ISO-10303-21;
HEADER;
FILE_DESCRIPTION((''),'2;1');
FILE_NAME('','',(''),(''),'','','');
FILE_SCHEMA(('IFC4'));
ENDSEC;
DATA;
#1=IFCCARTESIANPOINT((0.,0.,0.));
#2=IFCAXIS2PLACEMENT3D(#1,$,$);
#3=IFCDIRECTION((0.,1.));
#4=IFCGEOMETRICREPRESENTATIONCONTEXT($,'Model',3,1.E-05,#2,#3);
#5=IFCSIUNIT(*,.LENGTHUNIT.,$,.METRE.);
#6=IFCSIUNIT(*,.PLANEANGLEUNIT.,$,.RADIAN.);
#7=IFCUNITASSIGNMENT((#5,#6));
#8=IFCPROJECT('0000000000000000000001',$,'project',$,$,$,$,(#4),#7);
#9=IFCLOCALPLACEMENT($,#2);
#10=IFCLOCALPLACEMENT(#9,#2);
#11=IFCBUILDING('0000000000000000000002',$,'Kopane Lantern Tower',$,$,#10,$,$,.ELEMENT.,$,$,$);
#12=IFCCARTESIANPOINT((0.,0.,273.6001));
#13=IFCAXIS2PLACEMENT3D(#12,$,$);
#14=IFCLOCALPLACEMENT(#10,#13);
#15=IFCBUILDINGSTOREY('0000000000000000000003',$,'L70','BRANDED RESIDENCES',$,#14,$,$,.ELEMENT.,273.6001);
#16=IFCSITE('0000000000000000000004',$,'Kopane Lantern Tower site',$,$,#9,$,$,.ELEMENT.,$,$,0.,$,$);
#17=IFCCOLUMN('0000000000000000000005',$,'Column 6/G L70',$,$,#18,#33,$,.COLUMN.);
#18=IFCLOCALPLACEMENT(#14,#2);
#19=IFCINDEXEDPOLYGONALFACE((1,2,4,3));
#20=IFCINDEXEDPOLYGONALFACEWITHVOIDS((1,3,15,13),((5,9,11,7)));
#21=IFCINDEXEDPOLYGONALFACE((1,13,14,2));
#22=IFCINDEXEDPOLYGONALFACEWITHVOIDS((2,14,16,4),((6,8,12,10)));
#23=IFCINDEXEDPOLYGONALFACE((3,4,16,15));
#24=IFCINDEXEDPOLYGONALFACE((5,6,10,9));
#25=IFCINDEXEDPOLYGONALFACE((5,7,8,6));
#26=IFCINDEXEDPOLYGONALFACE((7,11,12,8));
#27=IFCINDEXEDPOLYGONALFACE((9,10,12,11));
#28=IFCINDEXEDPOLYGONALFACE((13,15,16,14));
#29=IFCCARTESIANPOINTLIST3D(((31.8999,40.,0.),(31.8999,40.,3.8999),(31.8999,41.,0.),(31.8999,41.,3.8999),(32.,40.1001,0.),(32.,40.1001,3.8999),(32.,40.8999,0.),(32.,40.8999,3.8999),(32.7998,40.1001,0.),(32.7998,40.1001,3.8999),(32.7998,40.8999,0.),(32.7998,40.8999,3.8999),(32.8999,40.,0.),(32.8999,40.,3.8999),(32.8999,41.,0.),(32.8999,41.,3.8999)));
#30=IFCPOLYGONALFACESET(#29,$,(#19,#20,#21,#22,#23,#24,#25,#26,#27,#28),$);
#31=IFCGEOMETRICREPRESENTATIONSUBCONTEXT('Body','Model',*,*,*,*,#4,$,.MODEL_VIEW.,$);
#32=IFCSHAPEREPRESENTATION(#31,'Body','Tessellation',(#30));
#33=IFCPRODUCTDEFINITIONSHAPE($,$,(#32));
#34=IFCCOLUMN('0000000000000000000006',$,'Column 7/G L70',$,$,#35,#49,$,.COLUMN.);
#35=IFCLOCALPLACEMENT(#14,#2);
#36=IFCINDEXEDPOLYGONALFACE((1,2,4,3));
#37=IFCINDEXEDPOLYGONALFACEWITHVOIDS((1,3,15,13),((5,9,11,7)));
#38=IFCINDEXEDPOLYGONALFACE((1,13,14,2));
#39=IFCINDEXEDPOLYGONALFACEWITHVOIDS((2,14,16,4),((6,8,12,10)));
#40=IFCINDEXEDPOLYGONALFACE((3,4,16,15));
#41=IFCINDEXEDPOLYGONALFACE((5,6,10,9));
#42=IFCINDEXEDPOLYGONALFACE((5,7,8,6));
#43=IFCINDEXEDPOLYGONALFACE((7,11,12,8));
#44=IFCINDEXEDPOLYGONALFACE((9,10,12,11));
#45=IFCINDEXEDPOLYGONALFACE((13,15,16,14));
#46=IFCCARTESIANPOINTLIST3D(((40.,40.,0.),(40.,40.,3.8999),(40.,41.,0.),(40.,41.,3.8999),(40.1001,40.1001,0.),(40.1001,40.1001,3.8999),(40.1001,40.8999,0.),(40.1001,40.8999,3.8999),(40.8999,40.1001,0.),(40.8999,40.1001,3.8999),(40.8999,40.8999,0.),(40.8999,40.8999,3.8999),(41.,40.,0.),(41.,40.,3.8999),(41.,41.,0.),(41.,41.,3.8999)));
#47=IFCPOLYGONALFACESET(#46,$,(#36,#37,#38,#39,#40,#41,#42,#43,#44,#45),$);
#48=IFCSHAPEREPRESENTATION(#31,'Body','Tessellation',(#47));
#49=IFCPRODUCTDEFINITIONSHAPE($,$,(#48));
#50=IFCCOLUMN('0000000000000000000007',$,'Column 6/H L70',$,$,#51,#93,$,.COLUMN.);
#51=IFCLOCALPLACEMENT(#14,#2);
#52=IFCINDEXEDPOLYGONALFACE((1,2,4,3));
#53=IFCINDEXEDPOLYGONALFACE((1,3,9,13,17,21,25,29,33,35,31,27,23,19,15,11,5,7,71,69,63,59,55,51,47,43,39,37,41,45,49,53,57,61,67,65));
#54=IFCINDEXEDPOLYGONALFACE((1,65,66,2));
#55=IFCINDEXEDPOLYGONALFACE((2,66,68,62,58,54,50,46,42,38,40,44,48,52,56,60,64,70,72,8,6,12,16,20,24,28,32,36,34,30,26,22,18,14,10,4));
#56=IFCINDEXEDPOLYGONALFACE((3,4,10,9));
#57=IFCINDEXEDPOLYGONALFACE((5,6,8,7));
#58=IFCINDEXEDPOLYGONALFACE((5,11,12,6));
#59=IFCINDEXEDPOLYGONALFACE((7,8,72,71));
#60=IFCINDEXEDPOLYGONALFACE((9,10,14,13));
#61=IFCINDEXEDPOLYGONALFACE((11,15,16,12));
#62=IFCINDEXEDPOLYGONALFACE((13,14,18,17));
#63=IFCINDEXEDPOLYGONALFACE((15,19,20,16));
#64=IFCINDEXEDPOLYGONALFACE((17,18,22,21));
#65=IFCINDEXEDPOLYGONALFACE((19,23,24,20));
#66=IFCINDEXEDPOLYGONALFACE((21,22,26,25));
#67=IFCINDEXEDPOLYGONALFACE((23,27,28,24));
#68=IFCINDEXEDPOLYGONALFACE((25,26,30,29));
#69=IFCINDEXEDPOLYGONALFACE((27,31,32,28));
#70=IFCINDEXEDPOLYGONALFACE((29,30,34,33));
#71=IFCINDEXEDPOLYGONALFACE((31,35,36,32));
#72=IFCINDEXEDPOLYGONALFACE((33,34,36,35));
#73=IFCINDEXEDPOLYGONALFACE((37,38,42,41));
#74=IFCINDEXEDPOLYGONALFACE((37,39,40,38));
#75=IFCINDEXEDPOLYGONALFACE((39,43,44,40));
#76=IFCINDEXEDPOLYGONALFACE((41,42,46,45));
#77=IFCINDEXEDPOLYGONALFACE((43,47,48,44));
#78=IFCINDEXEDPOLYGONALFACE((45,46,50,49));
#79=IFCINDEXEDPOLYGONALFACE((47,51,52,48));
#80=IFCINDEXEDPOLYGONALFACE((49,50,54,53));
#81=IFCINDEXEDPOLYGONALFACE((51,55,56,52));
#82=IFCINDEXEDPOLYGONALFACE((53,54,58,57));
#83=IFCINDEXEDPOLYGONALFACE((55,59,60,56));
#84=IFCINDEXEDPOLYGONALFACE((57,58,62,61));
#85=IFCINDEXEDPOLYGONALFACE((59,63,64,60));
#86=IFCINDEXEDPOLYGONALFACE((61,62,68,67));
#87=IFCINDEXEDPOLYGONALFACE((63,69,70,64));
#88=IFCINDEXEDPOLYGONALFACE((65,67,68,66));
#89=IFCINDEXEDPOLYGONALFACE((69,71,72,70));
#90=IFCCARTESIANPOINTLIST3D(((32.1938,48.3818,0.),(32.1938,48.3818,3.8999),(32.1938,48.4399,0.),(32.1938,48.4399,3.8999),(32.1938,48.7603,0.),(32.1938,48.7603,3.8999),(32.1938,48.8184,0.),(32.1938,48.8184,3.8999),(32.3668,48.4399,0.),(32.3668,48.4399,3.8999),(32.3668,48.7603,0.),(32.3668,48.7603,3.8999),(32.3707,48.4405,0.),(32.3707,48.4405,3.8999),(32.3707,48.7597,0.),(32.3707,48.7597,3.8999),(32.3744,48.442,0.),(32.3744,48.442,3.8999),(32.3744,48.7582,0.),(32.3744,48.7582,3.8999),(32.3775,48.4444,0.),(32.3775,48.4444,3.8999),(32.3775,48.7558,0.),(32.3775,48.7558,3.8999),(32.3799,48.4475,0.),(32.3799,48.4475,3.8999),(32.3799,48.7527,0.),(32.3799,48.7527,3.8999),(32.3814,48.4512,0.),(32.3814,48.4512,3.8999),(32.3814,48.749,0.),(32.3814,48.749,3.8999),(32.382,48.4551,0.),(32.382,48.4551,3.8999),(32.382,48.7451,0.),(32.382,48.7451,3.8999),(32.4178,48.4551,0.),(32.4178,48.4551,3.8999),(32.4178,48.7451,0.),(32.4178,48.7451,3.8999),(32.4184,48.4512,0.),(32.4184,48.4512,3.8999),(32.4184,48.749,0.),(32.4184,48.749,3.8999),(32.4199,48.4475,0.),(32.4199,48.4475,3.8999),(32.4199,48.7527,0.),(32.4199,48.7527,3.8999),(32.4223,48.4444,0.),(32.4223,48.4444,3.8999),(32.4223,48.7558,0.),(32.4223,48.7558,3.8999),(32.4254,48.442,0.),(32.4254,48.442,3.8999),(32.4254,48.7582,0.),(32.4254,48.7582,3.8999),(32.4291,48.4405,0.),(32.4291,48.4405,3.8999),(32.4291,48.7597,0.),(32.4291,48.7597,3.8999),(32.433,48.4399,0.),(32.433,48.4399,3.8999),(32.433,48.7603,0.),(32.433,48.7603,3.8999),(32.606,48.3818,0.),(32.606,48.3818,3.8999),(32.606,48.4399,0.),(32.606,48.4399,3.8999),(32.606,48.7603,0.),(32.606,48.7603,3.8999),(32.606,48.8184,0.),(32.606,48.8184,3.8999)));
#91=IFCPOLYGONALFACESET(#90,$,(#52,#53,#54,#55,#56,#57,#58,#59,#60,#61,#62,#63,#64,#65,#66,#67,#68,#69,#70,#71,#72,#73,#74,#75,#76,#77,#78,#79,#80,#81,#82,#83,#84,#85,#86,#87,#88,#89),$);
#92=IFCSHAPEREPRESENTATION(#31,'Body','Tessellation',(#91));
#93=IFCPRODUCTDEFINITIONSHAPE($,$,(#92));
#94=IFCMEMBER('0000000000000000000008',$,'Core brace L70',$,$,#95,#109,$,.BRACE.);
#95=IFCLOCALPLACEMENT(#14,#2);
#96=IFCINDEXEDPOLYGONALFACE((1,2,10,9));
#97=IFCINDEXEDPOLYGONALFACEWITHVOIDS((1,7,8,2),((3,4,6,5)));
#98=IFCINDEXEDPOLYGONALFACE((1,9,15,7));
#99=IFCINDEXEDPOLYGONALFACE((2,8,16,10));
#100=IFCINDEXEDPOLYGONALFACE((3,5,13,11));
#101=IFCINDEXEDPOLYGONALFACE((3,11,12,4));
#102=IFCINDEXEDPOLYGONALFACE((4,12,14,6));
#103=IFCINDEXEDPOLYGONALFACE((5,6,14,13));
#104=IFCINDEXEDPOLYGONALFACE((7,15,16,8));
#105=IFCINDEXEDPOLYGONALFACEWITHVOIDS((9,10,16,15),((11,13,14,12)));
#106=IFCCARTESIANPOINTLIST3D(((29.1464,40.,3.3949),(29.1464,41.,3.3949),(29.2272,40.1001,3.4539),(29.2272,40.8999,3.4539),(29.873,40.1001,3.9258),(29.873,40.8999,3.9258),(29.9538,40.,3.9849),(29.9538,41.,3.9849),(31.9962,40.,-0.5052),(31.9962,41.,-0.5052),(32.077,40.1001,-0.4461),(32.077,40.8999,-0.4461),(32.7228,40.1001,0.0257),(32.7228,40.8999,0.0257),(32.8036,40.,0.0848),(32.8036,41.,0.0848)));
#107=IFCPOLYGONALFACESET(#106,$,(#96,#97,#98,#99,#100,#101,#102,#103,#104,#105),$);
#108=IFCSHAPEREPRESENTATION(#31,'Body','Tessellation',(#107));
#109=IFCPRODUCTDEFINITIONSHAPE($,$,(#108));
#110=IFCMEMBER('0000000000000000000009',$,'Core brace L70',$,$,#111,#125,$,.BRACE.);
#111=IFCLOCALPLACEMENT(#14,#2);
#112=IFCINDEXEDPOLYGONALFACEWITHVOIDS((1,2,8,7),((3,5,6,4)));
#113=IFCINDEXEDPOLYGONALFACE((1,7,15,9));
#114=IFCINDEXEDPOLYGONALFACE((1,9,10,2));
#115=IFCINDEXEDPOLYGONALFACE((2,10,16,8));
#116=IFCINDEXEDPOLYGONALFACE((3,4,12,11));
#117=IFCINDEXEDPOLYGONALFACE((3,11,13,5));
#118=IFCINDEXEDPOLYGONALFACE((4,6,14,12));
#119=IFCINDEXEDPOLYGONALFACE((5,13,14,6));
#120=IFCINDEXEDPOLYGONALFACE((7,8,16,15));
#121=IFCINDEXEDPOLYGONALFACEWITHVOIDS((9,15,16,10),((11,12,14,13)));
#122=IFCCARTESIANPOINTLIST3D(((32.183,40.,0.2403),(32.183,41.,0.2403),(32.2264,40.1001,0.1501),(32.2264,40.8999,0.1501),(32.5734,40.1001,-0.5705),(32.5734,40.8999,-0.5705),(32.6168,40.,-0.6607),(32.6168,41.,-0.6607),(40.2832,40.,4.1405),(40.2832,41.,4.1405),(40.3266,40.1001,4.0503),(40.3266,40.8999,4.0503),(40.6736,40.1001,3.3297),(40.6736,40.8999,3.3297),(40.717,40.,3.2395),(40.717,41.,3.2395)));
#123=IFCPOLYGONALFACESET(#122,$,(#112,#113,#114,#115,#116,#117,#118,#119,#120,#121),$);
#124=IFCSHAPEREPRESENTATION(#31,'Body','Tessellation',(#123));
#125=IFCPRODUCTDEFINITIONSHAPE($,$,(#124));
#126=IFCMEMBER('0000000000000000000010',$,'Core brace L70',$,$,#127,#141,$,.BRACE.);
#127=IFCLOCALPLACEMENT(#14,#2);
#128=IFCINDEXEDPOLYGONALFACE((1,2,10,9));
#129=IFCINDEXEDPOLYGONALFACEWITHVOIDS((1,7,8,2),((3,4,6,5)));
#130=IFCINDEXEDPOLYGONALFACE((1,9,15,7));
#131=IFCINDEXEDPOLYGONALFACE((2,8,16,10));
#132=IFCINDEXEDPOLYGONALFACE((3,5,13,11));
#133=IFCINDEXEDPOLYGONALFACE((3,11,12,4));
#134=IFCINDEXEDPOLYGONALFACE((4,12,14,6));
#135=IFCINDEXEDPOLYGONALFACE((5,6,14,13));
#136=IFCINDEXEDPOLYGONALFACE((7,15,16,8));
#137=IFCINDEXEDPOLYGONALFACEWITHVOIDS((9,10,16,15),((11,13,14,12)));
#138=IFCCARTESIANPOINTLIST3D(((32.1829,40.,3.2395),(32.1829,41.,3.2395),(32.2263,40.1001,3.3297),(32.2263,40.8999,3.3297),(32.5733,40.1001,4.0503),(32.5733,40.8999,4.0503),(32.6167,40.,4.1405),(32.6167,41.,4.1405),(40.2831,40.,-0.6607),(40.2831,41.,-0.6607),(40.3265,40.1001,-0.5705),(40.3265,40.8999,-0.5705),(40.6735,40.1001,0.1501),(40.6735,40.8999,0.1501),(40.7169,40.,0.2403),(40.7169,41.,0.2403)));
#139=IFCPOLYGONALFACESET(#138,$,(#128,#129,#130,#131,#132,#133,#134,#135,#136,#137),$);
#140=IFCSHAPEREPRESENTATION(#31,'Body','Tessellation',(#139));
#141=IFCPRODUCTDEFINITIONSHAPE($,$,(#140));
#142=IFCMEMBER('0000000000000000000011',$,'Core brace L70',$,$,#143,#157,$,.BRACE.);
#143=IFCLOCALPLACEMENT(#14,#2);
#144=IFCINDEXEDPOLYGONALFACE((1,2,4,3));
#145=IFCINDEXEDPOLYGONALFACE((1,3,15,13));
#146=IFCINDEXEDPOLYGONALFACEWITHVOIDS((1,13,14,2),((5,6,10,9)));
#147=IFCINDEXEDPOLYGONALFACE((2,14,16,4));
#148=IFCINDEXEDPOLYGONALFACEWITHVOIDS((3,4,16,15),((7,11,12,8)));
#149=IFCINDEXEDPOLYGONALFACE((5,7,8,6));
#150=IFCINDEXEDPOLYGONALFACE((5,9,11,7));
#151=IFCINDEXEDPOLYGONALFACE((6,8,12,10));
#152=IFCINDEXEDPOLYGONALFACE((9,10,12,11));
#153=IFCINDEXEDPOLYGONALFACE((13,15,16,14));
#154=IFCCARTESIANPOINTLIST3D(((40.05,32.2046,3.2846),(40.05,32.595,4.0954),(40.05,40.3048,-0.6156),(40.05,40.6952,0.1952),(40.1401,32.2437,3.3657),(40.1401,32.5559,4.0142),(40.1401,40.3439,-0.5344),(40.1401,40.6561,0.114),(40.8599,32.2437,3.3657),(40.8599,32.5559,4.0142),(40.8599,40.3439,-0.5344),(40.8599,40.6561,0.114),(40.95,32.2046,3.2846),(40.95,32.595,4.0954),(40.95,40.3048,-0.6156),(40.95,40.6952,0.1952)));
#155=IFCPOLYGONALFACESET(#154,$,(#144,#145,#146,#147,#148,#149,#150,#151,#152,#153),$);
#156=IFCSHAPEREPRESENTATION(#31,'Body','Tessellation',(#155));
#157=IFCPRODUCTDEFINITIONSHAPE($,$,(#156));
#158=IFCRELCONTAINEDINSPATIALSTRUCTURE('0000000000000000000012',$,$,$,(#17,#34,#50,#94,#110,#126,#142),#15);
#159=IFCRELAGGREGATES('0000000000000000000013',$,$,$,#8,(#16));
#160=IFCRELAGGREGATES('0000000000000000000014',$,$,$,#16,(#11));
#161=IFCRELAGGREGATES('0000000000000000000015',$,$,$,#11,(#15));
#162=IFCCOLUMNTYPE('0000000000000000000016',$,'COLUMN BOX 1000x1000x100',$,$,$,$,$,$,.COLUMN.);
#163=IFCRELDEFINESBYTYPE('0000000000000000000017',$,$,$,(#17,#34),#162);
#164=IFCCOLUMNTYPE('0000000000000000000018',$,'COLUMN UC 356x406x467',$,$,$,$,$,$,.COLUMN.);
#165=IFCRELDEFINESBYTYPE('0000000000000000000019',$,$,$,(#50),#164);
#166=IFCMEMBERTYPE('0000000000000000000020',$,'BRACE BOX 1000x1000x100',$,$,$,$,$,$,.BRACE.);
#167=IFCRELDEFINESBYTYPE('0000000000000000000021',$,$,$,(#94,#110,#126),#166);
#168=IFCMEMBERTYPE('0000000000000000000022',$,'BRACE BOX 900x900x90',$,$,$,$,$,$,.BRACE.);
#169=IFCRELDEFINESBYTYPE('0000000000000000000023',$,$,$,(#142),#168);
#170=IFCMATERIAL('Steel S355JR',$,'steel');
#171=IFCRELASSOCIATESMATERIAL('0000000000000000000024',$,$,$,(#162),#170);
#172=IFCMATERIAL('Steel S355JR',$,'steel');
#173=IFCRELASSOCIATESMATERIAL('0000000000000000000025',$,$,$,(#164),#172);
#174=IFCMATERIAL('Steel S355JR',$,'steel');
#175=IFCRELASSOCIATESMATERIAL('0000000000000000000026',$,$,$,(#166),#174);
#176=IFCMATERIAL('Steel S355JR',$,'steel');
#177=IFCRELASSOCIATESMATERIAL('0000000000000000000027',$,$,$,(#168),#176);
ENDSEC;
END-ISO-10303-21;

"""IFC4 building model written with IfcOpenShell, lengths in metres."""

from ifc_helpers import new_model, si_unit, direction, frame, origin, origin_2d, place, context, subcontext, project, spatial, hollow_rectangle, i_section, extrude, material, material_profile, profile_set, type_object, element, save


model = new_model("IFC4")

# Units and contexts
model_context = context("Model", 3, precision=1e-05, world=origin(), true_north=direction((0.0, 1.0)))
body_context = subcontext(model_context, "Body", "Model", "MODEL_VIEW")
ifc_project = project(units=[si_unit("LENGTHUNIT", "METRE"), si_unit("PLANEANGLEUNIT", "RADIAN")], contexts=[model_context])

# Site, building, storey
site_placement = place(None, origin())
site = spatial("IfcSite", under=ifc_project, at=site_placement, Name="Kopane Lantern Tower site", CompositionType="ELEMENT", RefElevation=0.0)
building_placement = place(site_placement, origin())
building = spatial("IfcBuilding", under=site, at=building_placement, Name="Kopane Lantern Tower", CompositionType="ELEMENT")
storey_placement = place(building_placement, frame((0.0, 0.0, 273.6001)))
storey = spatial("IfcBuildingStorey", under=building, at=storey_placement, Name="L70", Description="BRANDED RESIDENCES", CompositionType="ELEMENT", Elevation=273.6001)

# Columns
ifc_material_1 = material(Name="Steel S355JR", Category="steel")
ifc_material_profile_1 = material_profile(ifc_material_1, hollow_rectangle(XDim=1.0, YDim=1.0, WallThickness=0.1001, at=origin_2d()), Name="BOX 1000x1000x100")
ifc_profile_set_1 = profile_set([ifc_material_profile_1], Name="Steel S355JR")
column_type_1 = type_object("IfcColumnType", Name="COLUMN BOX 1000x1000x100", PredefinedType="COLUMN", material=ifc_profile_set_1)
for number, where, z_axis, x_axis, name in (
    (1, (32.3999, 40.5, 0.0), (0.0, 0.0, 1.0), (1.0, 0.0, 0.0), "Column 6/G L70"),
    (2, (40.5, 40.5, 0.0), (0.0, 0.0, 1.0), (1.0, 0.0, 0.0), "Column 7/G L70"),
):
    element("IfcColumn", number, at=place(storey_placement, frame(where, z_axis=z_axis, x_axis=x_axis)), inside=storey, type_object=column_type_1, Name=name, PredefinedType="COLUMN", context=body_context, shape_type="SweptSolid", body=[
        extrude(hollow_rectangle(XDim=1.0, YDim=1.0, WallThickness=0.1001, at=origin_2d()), origin(), (0.0, 0.0, 1.0), 3.8999),
    ])
ifc_material_2 = material(Name="Steel S355JR", Category="steel")
ifc_material_profile_2 = material_profile(ifc_material_2, i_section(OverallWidth=0.4121, OverallDepth=0.4365, WebThickness=0.0359, FlangeThickness=0.0581, FilletRadius=0.0151, at=origin_2d()), Name="UC 356x406x467")
ifc_profile_set_2 = profile_set([ifc_material_profile_2], Name="Steel S355JR")
column_type_2 = type_object("IfcColumnType", Name="COLUMN UC 356x406x467", PredefinedType="COLUMN", material=ifc_profile_set_2)
column_placement = place(storey_placement, frame((32.3999, 48.6001, 0.0), z_axis=(0.0, 0.0, 1.0), x_axis=(1.0, 0.0, 0.0)))
element("IfcColumn", 3, at=column_placement, inside=storey, type_object=column_type_2, Name="Column 6/H L70", PredefinedType="COLUMN", context=body_context, shape_type="SweptSolid", body=[
    extrude(i_section(OverallWidth=0.4121, OverallDepth=0.4365, WebThickness=0.0359, FlangeThickness=0.0581, FilletRadius=0.0151, at=origin_2d()), origin(), (0.0, 0.0, 1.0), 3.8999),
])

# Members
ifc_material_3 = material(Name="Steel S355JR", Category="steel")
ifc_material_profile_3 = material_profile(ifc_material_3, hollow_rectangle(XDim=1.0, YDim=1.0, WallThickness=0.1001, at=origin_2d()), Name="BOX 1000x1000x100")
ifc_profile_set_3 = profile_set([ifc_material_profile_3], Name="Steel S355JR")
member_type_1 = type_object("IfcMemberType", Name="BRACE BOX 1000x1000x100", PredefinedType="BRACE", material=ifc_profile_set_3)
member_1_placement = place(storey_placement, frame((32.3999, 40.5, -0.2102), z_axis=(-0.589982, 0.0, 0.807416), x_axis=(0.0, -1.0, 0.0)))
element("IfcMember", 4, at=member_1_placement, inside=storey, type_object=member_type_1, Name="Core brace L70", PredefinedType="BRACE", context=body_context, shape_type="SweptSolid", body=[
    extrude(hollow_rectangle(XDim=1.0, YDim=1.0, WallThickness=0.1001, at=origin_2d()), origin(), (0.0, 0.0, 1.0), 4.8303),
])
for number, where, z_axis, x_axis, name in (
    (5, (32.3999, 40.5, -0.2102), (0.900997, 0.0, 0.433825), (0.0, 1.0, 0.0), "Core brace L70"),
    (6, (40.5, 40.5, -0.2102), (-0.900997, 0.0, 0.433825), (0.0, -1.0, 0.0), "Core brace L70"),
):
    element("IfcMember", number, at=place(storey_placement, frame(where, z_axis=z_axis, x_axis=x_axis)), inside=storey, type_object=member_type_1, Name=name, PredefinedType="BRACE", context=body_context, shape_type="SweptSolid", body=[
        extrude(hollow_rectangle(XDim=1.0, YDim=1.0, WallThickness=0.1001, at=origin_2d()), origin(), (0.0, 0.0, 1.0), 8.9902),
    ])
ifc_material_4 = material(Name="Steel S355JR", Category="steel")
ifc_material_profile_4 = material_profile(ifc_material_4, hollow_rectangle(XDim=0.8999, YDim=0.8999, WallThickness=0.0901, at=origin_2d()), Name="BOX 900x900x90")
ifc_profile_set_4 = profile_set([ifc_material_profile_4], Name="Steel S355JR")
member_type_2 = type_object("IfcMemberType", Name="BRACE BOX 900x900x90", PredefinedType="BRACE", material=ifc_profile_set_4)
member_2_placement = place(storey_placement, frame((40.5, 40.5, -0.2102), z_axis=(0.0, -0.900997, 0.433825), x_axis=(1.0, 0.0, 0.0)))
element("IfcMember", 7, at=member_2_placement, inside=storey, type_object=member_type_2, Name="Core brace L70", PredefinedType="BRACE", context=body_context, shape_type="SweptSolid", body=[
    extrude(hollow_rectangle(XDim=0.8999, YDim=0.8999, WallThickness=0.0901, at=origin_2d()), origin(), (0.0, 0.0, 1.0), 8.9902),
])

save(model, "model.ifc")
